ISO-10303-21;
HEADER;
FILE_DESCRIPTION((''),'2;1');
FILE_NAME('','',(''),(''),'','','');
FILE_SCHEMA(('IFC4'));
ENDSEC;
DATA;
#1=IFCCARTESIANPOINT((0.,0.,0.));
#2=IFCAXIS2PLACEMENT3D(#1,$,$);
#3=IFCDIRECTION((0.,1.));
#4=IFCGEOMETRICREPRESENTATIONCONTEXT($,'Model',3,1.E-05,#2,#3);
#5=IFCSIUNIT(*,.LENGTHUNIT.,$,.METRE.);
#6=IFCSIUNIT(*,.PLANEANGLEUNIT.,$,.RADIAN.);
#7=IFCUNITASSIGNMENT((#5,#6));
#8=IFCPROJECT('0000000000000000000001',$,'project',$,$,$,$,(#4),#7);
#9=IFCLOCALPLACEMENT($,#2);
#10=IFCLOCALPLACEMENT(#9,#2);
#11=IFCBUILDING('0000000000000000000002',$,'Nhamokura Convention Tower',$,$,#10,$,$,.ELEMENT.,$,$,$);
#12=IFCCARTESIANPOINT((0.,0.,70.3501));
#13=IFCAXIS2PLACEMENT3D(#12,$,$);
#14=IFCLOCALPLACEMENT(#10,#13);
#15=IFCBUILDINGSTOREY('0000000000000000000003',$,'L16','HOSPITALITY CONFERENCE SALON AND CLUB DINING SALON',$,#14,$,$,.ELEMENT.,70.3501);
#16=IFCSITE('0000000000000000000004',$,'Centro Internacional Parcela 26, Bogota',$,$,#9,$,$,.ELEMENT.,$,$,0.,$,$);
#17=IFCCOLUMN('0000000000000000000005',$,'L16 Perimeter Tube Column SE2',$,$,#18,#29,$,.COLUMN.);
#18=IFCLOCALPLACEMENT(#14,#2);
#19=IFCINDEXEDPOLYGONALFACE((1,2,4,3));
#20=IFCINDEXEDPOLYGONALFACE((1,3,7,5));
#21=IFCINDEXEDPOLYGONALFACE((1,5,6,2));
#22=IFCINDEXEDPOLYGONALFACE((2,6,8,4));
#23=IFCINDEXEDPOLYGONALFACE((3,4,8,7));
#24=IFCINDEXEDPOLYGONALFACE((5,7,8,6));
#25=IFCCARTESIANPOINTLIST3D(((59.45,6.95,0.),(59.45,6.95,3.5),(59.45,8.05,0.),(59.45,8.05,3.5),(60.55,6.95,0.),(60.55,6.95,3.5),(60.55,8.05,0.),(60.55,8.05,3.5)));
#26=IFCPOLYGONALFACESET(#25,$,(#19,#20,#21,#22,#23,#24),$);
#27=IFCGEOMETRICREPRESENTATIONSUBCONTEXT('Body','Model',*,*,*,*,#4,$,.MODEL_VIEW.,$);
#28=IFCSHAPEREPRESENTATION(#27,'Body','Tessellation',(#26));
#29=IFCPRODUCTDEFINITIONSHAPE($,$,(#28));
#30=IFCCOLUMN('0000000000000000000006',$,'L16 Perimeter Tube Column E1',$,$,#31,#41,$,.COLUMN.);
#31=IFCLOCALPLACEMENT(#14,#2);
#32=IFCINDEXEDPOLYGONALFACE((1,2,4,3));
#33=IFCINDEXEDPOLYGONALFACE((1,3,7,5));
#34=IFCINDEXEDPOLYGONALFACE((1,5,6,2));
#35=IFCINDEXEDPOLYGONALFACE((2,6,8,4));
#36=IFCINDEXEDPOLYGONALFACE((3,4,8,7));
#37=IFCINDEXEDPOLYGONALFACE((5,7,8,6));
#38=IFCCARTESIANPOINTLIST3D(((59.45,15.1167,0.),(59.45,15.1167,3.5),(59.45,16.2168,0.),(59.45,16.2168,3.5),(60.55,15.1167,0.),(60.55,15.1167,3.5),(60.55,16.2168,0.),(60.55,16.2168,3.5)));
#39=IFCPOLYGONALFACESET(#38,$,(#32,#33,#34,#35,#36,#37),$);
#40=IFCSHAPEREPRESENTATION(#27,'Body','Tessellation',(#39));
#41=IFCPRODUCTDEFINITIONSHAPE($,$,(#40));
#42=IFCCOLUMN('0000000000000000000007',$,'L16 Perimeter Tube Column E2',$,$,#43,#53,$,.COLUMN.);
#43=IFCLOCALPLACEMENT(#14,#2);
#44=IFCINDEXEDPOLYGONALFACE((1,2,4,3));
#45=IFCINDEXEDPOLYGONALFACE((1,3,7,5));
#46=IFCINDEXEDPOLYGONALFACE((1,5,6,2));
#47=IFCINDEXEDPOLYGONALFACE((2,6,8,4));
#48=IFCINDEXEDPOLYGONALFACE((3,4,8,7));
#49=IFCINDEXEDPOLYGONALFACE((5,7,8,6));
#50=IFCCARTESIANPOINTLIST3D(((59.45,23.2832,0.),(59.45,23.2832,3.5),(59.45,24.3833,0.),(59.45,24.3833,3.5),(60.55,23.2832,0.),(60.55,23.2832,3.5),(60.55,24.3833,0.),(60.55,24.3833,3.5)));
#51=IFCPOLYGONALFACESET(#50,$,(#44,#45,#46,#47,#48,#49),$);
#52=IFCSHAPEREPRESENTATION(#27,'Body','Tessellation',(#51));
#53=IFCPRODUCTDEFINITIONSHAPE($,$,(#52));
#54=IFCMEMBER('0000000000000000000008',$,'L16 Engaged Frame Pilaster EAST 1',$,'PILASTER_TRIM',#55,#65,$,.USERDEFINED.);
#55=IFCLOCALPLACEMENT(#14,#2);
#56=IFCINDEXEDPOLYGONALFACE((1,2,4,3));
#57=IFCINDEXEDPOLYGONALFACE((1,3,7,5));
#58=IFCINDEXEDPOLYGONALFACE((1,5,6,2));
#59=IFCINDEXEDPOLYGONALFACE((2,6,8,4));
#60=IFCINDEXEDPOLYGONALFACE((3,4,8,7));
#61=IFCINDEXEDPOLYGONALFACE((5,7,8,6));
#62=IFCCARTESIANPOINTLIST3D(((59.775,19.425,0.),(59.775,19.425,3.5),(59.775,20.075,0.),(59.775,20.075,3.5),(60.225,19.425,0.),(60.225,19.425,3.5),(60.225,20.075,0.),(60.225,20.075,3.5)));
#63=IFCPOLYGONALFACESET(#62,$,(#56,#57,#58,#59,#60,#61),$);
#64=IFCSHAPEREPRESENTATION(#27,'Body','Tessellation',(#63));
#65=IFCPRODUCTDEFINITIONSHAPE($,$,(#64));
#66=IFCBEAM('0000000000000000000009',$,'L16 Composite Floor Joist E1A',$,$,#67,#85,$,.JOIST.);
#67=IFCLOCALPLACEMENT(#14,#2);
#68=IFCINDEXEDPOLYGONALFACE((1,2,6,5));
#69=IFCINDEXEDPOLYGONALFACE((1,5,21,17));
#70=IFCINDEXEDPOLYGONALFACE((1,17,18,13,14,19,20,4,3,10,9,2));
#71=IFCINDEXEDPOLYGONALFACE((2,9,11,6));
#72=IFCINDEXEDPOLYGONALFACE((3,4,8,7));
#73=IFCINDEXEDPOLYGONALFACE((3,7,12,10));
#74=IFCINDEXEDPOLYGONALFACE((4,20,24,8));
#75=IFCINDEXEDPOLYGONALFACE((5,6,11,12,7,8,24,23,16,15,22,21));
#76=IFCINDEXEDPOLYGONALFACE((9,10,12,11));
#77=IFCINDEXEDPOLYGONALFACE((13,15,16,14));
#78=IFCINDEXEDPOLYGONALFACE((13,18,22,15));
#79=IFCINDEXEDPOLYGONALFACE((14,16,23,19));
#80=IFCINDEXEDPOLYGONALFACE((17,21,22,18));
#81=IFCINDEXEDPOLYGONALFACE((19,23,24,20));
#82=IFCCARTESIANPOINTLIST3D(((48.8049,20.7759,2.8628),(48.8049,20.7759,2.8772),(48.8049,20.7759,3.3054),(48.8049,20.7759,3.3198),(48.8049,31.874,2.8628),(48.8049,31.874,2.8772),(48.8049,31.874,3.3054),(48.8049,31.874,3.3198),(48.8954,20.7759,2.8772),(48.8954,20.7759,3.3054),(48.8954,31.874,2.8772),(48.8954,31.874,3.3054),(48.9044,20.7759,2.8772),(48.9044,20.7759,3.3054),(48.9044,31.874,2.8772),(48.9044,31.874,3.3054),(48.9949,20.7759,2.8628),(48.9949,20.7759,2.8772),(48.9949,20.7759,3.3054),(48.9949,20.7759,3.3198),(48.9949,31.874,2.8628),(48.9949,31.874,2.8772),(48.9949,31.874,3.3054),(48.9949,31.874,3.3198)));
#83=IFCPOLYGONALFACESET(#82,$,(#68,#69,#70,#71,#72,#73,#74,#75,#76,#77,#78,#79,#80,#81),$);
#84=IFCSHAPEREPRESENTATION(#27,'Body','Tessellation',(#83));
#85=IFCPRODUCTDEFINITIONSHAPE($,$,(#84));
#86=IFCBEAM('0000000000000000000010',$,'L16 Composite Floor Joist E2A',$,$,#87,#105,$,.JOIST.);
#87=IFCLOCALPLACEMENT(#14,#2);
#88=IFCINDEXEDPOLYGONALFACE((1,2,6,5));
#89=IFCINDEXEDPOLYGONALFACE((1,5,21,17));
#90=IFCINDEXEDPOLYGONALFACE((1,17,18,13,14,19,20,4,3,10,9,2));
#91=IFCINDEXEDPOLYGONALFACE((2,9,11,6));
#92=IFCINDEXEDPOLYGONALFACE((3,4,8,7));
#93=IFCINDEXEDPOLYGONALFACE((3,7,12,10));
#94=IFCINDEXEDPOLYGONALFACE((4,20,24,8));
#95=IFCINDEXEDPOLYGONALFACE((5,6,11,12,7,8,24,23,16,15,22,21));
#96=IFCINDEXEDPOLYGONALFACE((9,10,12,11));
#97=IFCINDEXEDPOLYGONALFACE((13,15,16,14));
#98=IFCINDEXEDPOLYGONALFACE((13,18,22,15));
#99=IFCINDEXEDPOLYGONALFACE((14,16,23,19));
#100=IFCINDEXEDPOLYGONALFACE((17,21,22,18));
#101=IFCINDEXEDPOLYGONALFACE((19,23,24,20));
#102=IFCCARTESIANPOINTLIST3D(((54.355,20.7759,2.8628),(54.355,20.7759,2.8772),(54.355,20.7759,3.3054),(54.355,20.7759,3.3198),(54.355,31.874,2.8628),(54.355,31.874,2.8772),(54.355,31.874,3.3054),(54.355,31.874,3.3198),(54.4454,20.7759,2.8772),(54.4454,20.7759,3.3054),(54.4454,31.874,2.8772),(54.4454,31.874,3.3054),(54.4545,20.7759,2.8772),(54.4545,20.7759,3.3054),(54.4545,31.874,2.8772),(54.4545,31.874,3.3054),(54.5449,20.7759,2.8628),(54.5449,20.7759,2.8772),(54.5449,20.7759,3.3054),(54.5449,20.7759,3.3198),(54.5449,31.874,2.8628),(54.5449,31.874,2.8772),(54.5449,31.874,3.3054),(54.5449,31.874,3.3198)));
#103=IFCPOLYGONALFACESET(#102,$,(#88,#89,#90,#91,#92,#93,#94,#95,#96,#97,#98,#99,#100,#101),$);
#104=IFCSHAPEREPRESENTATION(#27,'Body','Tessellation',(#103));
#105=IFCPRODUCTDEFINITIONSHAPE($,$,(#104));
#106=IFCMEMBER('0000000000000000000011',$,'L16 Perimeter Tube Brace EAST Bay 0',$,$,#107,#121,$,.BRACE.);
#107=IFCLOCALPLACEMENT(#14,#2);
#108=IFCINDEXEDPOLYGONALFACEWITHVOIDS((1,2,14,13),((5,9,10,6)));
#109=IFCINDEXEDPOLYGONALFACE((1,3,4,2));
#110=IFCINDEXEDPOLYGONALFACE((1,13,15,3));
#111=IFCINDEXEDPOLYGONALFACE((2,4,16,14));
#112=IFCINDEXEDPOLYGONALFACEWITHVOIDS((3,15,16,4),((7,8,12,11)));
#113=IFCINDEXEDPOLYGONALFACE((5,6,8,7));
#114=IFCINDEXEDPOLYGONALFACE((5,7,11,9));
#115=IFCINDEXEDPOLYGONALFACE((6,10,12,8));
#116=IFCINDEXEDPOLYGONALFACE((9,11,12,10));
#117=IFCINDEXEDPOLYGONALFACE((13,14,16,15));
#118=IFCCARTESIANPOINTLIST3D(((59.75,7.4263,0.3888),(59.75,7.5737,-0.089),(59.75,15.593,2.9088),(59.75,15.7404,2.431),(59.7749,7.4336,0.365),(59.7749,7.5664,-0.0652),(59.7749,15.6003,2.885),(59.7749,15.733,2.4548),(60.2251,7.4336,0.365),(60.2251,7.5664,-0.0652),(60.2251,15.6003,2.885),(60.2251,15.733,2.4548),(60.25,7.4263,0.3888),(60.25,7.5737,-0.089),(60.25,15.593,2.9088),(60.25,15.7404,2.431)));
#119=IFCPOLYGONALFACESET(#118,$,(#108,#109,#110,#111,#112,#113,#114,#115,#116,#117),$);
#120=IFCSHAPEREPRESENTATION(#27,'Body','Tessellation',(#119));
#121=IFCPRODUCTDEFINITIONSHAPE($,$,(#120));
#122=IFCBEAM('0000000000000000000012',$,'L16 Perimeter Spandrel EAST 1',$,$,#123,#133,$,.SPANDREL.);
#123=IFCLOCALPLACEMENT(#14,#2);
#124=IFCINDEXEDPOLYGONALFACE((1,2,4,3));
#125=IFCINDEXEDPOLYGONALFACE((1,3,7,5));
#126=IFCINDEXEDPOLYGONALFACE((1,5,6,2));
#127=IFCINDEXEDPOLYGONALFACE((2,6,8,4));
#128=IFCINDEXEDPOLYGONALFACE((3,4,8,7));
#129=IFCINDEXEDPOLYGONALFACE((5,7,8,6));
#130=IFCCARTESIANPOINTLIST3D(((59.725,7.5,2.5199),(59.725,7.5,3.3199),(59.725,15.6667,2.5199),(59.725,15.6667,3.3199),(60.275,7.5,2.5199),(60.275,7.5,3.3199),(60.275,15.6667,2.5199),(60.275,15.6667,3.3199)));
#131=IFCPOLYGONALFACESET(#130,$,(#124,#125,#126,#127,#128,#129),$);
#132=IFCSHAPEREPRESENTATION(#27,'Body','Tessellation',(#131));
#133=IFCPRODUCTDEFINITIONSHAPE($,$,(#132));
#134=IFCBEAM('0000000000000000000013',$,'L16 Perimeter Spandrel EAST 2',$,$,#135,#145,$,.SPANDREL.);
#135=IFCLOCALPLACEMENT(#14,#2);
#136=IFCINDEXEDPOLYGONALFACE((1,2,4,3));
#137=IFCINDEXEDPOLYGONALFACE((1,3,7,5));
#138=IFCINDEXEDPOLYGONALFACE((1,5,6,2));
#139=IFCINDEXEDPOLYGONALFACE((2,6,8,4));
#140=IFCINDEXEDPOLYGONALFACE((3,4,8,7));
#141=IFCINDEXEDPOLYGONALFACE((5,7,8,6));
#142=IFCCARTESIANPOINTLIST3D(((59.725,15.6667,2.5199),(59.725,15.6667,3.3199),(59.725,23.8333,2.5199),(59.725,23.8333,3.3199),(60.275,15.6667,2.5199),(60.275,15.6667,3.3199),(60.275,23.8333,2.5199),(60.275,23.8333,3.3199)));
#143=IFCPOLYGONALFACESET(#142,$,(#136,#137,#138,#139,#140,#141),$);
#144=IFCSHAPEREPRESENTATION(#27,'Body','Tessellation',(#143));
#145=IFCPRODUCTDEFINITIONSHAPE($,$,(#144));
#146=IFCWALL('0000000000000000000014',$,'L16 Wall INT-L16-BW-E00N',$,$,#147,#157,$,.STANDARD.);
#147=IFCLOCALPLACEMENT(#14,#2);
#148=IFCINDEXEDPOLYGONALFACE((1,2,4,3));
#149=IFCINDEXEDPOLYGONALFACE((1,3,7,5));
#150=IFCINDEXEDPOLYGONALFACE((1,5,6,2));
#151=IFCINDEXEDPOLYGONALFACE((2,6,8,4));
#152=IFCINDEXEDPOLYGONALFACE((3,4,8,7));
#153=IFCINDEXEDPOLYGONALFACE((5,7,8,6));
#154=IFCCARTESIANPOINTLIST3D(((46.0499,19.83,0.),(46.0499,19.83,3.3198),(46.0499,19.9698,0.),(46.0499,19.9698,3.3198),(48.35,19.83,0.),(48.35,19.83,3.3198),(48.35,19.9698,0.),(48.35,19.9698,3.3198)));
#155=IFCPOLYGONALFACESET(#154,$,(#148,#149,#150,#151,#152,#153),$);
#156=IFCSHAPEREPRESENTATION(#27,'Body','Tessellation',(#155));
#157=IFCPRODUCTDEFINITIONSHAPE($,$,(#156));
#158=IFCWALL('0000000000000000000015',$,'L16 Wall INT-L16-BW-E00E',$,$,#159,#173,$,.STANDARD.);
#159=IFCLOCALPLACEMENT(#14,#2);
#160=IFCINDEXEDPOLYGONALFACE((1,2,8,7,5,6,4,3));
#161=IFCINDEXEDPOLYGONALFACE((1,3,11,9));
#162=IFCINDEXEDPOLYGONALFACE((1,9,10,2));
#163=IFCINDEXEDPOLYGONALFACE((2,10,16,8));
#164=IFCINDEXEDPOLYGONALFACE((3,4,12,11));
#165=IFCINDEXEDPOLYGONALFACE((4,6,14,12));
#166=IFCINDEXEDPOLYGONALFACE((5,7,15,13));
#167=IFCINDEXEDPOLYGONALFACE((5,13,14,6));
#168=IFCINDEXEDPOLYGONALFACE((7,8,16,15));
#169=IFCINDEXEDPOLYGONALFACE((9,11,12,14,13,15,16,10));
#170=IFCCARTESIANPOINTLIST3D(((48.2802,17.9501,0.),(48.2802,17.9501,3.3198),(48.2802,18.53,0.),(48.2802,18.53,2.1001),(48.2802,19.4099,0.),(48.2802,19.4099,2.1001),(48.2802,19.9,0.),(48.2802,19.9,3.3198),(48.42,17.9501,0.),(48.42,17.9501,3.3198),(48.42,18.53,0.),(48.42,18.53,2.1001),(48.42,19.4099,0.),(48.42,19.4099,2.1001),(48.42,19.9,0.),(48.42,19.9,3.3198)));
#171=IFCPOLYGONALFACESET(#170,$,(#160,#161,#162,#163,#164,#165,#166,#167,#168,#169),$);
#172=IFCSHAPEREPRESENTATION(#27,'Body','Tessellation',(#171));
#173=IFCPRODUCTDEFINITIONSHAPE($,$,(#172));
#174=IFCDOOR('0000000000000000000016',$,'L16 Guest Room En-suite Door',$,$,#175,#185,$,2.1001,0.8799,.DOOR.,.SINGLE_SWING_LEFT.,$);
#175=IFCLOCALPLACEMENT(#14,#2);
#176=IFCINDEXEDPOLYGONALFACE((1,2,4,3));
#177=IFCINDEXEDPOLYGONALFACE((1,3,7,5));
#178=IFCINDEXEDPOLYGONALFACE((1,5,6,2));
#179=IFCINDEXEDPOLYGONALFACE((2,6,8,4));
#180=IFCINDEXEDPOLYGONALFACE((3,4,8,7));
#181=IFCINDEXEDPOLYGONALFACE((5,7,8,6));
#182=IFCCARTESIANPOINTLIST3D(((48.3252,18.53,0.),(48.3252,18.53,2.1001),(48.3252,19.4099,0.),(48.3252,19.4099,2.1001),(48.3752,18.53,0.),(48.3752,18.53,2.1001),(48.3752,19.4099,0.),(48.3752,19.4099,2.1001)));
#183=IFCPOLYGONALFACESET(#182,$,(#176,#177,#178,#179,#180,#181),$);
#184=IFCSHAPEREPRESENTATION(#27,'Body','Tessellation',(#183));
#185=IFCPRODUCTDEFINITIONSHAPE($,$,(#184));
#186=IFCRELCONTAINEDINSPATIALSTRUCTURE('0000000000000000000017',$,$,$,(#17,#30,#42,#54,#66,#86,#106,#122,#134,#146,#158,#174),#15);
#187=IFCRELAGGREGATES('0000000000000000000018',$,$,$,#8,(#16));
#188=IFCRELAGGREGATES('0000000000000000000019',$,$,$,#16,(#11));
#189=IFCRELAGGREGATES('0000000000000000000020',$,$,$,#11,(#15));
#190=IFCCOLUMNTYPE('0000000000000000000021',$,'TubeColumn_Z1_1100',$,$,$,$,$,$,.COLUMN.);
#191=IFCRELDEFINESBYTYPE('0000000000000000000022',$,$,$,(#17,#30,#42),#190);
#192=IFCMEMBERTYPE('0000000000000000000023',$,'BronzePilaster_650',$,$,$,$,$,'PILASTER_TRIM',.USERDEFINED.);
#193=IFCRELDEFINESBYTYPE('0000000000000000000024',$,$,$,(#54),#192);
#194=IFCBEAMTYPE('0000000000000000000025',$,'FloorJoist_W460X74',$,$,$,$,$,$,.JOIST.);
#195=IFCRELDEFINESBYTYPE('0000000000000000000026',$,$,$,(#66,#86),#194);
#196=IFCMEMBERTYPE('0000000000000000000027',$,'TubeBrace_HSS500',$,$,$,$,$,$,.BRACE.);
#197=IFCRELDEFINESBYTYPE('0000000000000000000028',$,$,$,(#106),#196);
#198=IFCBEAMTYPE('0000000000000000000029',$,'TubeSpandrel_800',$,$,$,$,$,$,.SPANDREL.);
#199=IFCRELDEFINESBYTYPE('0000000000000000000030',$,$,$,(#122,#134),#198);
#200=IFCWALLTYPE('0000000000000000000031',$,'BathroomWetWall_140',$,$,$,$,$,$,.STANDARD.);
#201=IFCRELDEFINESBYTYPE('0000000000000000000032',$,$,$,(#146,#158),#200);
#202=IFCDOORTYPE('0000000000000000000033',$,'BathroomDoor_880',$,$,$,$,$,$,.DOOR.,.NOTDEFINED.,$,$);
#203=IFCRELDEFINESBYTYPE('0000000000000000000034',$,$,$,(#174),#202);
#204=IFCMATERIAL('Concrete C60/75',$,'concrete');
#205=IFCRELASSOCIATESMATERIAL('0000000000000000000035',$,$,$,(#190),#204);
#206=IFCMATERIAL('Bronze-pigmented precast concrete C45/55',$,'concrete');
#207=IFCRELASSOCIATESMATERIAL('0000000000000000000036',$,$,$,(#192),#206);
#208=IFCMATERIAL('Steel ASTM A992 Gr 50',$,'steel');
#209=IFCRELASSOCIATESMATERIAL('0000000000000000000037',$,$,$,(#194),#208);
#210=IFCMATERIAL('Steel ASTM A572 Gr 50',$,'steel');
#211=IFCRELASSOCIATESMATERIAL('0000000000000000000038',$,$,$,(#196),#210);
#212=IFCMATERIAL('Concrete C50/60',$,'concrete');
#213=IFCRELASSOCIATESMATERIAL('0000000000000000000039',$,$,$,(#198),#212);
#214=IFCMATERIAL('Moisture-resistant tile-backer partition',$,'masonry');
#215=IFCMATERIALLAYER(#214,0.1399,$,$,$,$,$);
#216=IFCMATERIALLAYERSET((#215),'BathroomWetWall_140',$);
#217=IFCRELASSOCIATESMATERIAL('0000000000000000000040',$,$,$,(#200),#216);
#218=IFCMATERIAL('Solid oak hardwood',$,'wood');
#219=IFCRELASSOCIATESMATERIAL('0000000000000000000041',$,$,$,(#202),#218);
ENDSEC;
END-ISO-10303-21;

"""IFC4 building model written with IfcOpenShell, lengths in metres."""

from ifc_helpers import new_model, si_unit, direction, frame, frame_2d, origin, origin_2d, place, context, subcontext, project, spatial, rectangle, hollow_rectangle, i_section, extrude, material, layer, layer_set, material_profile, profile_set, type_object, element, fill, save


model = new_model("IFC4")

# Units and contexts
model_context = context("Model", 3, precision=1e-05, world=origin(), true_north=direction((0.0, 1.0)))
body_context = subcontext(model_context, "Body", "Model", "MODEL_VIEW")
ifc_project = project(units=[si_unit("LENGTHUNIT", "METRE"), si_unit("PLANEANGLEUNIT", "RADIAN")], contexts=[model_context])

# Site, building, storey
site_placement = place(None, origin())
site = spatial("IfcSite", under=ifc_project, at=site_placement, Name="Centro Internacional Parcela 26, Bogota", CompositionType="ELEMENT", RefElevation=0.0)
building_placement = place(site_placement, origin())
building = spatial("IfcBuilding", under=site, at=building_placement, Name="Nhamokura Convention Tower", CompositionType="ELEMENT")
storey_placement = place(building_placement, frame((0.0, 0.0, 70.3501)))
storey = spatial("IfcBuildingStorey", under=building, at=storey_placement, Name="L16", Description="HOSPITALITY CONFERENCE SALON AND CLUB DINING SALON", CompositionType="ELEMENT", Elevation=70.3501)

# Columns
ifc_material_1 = material(Name="Concrete C60/75", Category="concrete")
ifc_material_profile_1 = material_profile(ifc_material_1, rectangle(XDim=1.1001, YDim=1.1001, at=origin_2d()))
ifc_profile_set_1 = profile_set([ifc_material_profile_1], Name="Concrete C60/75")
column_type = type_object("IfcColumnType", Name="TubeColumn_Z1_1100", PredefinedType="COLUMN", material=ifc_profile_set_1)
for number, where, z_axis, x_axis, name in (
    (1, (60.0, 7.5, 0.0), (0.0, 0.0, 1.0), (1.0, 0.0, 0.0), "L16 Perimeter Tube Column SE2"),
    (2, (60.0, 15.6667, 0.0), (0.0, 0.0, 1.0), (1.0, 0.0, 0.0), "L16 Perimeter Tube Column E1"),
    (3, (60.0, 23.8333, 0.0), (0.0, 0.0, 1.0), (1.0, 0.0, 0.0), "L16 Perimeter Tube Column E2"),
):
    element("IfcColumn", number, at=place(storey_placement, frame(where, z_axis=z_axis, x_axis=x_axis)), inside=storey, type_object=column_type, Name=name, PredefinedType="COLUMN", context=body_context, shape_type="SweptSolid", body=[
        extrude(rectangle(XDim=1.1001, YDim=1.1001, at=origin_2d()), origin(), (0.0, 0.0, 1.0), 3.5),
    ])

# Member
ifc_material_2 = material(Name="Bronze-pigmented precast concrete C45/55", Category="concrete")
ifc_material_profile_2 = material_profile(ifc_material_2, rectangle(XDim=0.45, YDim=0.6499, at=origin_2d()))
ifc_profile_set_2 = profile_set([ifc_material_profile_2], Name="Bronze-pigmented precast concrete C45/55")
member_type_1 = type_object("IfcMemberType", Name="BronzePilaster_650", ElementType="PILASTER_TRIM", PredefinedType="USERDEFINED", material=ifc_profile_set_2)
member_1_placement = place(storey_placement, frame((60.0, 19.75, 0.0), z_axis=(0.0, 0.0, 1.0), x_axis=(1.0, 0.0, 0.0)))
element("IfcMember", 4, at=member_1_placement, inside=storey, type_object=member_type_1, Name="L16 Engaged Frame Pilaster EAST 1", ObjectType="PILASTER_TRIM", PredefinedType="USERDEFINED", context=body_context, shape_type="SweptSolid", body=[
    extrude(rectangle(XDim=0.45, YDim=0.6499, at=origin_2d()), origin(), (0.0, 0.0, 1.0), 3.5),
])

# Beams
ifc_material_3 = material(Name="Steel ASTM A992 Gr 50", Category="steel")
ifc_material_profile_3 = material_profile(ifc_material_3, i_section(OverallWidth=0.1899, OverallDepth=0.457, WebThickness=0.009, FlangeThickness=0.0144, at=origin_2d()))
ifc_profile_set_3 = profile_set([ifc_material_profile_3], Name="Steel ASTM A992 Gr 50")
beam_type_1 = type_object("IfcBeamType", Name="FloorJoist_W460X74", PredefinedType="JOIST", material=ifc_profile_set_3)
for number, where, z_axis, x_axis, name in (
    (5, (48.8999, 20.7759, 3.0913), (0.0, 1.0, 0.0), (-1.0, 0.0, 0.0), "L16 Composite Floor Joist E1A"),
    (6, (54.45, 20.7759, 3.0913), (0.0, 1.0, 0.0), (-1.0, 0.0, 0.0), "L16 Composite Floor Joist E2A"),
):
    element("IfcBeam", number, at=place(storey_placement, frame(where, z_axis=z_axis, x_axis=x_axis)), inside=storey, type_object=beam_type_1, Name=name, PredefinedType="JOIST", context=body_context, shape_type="SweptSolid", body=[
        extrude(i_section(OverallWidth=0.1899, OverallDepth=0.457, WebThickness=0.009, FlangeThickness=0.0144, at=origin_2d()), origin(), (0.0, 0.0, 1.0), 11.0981),
    ])

# Member
ifc_material_4 = material(Name="Steel ASTM A572 Gr 50", Category="steel")
ifc_material_profile_4 = material_profile(ifc_material_4, hollow_rectangle(XDim=0.5, YDim=0.5, WallThickness=0.0249, at=origin_2d()))
ifc_profile_set_4 = profile_set([ifc_material_profile_4], Name="Steel ASTM A572 Gr 50")
member_type_2 = type_object("IfcMemberType", Name="TubeBrace_HSS500", PredefinedType="BRACE", material=ifc_profile_set_4)
member_2_placement = place(storey_placement, frame((60.0, 7.5, 0.1499), z_axis=(0.0, 0.955543, 0.294853), x_axis=(-1.0, 0.0, 0.0)))
element("IfcMember", 7, at=member_2_placement, inside=storey, type_object=member_type_2, Name="L16 Perimeter Tube Brace EAST Bay 0", PredefinedType="BRACE", context=body_context, shape_type="SweptSolid", body=[
    extrude(hollow_rectangle(XDim=0.5, YDim=0.5, WallThickness=0.0249, at=origin_2d()), origin(), (0.0, 0.0, 1.0), 8.5466),
])

# Beams
ifc_material_5 = material(Name="Concrete C50/60", Category="concrete")
ifc_material_profile_5 = material_profile(ifc_material_5, rectangle(XDim=0.55, YDim=0.8, at=origin_2d()))
ifc_profile_set_5 = profile_set([ifc_material_profile_5], Name="Concrete C50/60")
beam_type_2 = type_object("IfcBeamType", Name="TubeSpandrel_800", PredefinedType="SPANDREL", material=ifc_profile_set_5)
beam_1_placement = place(storey_placement, frame((60.0, 7.5, 2.9199), z_axis=(0.0, 1.0, 0.0), x_axis=(-1.0, 0.0, 0.0)))
element("IfcBeam", 8, at=beam_1_placement, inside=storey, type_object=beam_type_2, Name="L16 Perimeter Spandrel EAST 1", PredefinedType="SPANDREL", context=body_context, shape_type="SweptSolid", body=[
    extrude(rectangle(XDim=0.55, YDim=0.8, at=origin_2d()), origin(), (0.0, 0.0, 1.0), 8.1667),
])
beam_2_placement = place(storey_placement, frame((60.0, 15.6667, 2.9199), z_axis=(0.0, 1.0, 0.0), x_axis=(-1.0, 0.0, 0.0)))
element("IfcBeam", 9, at=beam_2_placement, inside=storey, type_object=beam_type_2, Name="L16 Perimeter Spandrel EAST 2", PredefinedType="SPANDREL", context=body_context, shape_type="SweptSolid", body=[
    extrude(rectangle(XDim=0.55, YDim=0.8, at=origin_2d()), origin(), (0.0, 0.0, 1.0), 8.1665),
])

# Wall
ifc_material_6 = material(Name="Moisture-resistant tile-backer partition", Category="masonry")
ifc_layer_1 = layer(ifc_material_6, 0.1399)
ifc_layer_set_1 = layer_set([ifc_layer_1], Name="BathroomWetWall_140")
wall_type_1 = type_object("IfcWallType", Name="BathroomWetWall_140", PredefinedType="STANDARD", material=ifc_layer_set_1)
wall_1_placement = place(storey_placement, frame((46.05, 19.8999, 0.0), z_axis=(0.0, 0.0, 1.0), x_axis=(1.0, 0.0, 0.0)))
element("IfcWall", 10, at=wall_1_placement, inside=storey, type_object=wall_type_1, Name="L16 Wall INT-L16-BW-E00N", PredefinedType="STANDARD", context=body_context, shape_type="SweptSolid", body=[
    extrude(rectangle(XDim=2.3, YDim=0.1399, at=frame_2d((1.1499, 0.0))), origin(), (0.0, 0.0, 1.0), 3.3198),
])

# Wall, opening, door
wall_2_placement = place(storey_placement, frame((48.3501, 17.95, 0.0), z_axis=(0.0, 0.0, 1.0), x_axis=(0.0, 1.0, 0.0)))
wall_2 = element("IfcWall", 11, at=wall_2_placement, inside=storey, type_object=wall_type_1, Name="L16 Wall INT-L16-BW-E00E", PredefinedType="STANDARD", context=body_context, shape_type="SweptSolid", body=[
    extrude(rectangle(XDim=1.95, YDim=0.1399, at=frame_2d((0.9751, 0.0))), origin(), (0.0, 0.0, 1.0), 3.3198),
])
opening_1_placement = place(wall_2_placement, frame((0.5801, 0.0, 0.0)))
opening_1 = element("IfcOpeningElement", 12, at=opening_1_placement, cuts=wall_2, PredefinedType="OPENING", context=body_context, shape_type="SweptSolid", body=[
    extrude(rectangle(XDim=0.8799, YDim=2.1001, at=frame_2d((0.4399, 1.05))), frame((0.0, 0.0798, 0.0), z_axis=(0.0, -1.0, 0.0), x_axis=(1.0, 0.0, 0.0)), (0.0, 0.0, 1.0), 0.1599),
])
ifc_material_7 = material(Name="Solid oak hardwood", Category="wood")
door_type_1 = type_object("IfcDoorType", Name="BathroomDoor_880", OperationType="NOTDEFINED", PredefinedType="DOOR", material=ifc_material_7)
door_1_placement = place(opening_1_placement, origin())
door_1 = element("IfcDoor", 13, at=door_1_placement, inside=storey, type_object=door_type_1, Name="L16 Guest Room En-suite Door", OperationType="SINGLE_SWING_LEFT", OverallHeight=2.1001, OverallWidth=0.8799, PredefinedType="DOOR", context=body_context, shape_type="SweptSolid", body=[
    extrude(rectangle(XDim=0.8799, YDim=2.1001, at=frame_2d((0.4399, 1.05))), frame((0.0, 0.0249, 0.0), z_axis=(0.0, -1.0, 0.0), x_axis=(1.0, 0.0, 0.0)), (0.0, 0.0, 1.0), 0.05),
])
fill(opening_1, door_1)

save(model, "model.ifc")
